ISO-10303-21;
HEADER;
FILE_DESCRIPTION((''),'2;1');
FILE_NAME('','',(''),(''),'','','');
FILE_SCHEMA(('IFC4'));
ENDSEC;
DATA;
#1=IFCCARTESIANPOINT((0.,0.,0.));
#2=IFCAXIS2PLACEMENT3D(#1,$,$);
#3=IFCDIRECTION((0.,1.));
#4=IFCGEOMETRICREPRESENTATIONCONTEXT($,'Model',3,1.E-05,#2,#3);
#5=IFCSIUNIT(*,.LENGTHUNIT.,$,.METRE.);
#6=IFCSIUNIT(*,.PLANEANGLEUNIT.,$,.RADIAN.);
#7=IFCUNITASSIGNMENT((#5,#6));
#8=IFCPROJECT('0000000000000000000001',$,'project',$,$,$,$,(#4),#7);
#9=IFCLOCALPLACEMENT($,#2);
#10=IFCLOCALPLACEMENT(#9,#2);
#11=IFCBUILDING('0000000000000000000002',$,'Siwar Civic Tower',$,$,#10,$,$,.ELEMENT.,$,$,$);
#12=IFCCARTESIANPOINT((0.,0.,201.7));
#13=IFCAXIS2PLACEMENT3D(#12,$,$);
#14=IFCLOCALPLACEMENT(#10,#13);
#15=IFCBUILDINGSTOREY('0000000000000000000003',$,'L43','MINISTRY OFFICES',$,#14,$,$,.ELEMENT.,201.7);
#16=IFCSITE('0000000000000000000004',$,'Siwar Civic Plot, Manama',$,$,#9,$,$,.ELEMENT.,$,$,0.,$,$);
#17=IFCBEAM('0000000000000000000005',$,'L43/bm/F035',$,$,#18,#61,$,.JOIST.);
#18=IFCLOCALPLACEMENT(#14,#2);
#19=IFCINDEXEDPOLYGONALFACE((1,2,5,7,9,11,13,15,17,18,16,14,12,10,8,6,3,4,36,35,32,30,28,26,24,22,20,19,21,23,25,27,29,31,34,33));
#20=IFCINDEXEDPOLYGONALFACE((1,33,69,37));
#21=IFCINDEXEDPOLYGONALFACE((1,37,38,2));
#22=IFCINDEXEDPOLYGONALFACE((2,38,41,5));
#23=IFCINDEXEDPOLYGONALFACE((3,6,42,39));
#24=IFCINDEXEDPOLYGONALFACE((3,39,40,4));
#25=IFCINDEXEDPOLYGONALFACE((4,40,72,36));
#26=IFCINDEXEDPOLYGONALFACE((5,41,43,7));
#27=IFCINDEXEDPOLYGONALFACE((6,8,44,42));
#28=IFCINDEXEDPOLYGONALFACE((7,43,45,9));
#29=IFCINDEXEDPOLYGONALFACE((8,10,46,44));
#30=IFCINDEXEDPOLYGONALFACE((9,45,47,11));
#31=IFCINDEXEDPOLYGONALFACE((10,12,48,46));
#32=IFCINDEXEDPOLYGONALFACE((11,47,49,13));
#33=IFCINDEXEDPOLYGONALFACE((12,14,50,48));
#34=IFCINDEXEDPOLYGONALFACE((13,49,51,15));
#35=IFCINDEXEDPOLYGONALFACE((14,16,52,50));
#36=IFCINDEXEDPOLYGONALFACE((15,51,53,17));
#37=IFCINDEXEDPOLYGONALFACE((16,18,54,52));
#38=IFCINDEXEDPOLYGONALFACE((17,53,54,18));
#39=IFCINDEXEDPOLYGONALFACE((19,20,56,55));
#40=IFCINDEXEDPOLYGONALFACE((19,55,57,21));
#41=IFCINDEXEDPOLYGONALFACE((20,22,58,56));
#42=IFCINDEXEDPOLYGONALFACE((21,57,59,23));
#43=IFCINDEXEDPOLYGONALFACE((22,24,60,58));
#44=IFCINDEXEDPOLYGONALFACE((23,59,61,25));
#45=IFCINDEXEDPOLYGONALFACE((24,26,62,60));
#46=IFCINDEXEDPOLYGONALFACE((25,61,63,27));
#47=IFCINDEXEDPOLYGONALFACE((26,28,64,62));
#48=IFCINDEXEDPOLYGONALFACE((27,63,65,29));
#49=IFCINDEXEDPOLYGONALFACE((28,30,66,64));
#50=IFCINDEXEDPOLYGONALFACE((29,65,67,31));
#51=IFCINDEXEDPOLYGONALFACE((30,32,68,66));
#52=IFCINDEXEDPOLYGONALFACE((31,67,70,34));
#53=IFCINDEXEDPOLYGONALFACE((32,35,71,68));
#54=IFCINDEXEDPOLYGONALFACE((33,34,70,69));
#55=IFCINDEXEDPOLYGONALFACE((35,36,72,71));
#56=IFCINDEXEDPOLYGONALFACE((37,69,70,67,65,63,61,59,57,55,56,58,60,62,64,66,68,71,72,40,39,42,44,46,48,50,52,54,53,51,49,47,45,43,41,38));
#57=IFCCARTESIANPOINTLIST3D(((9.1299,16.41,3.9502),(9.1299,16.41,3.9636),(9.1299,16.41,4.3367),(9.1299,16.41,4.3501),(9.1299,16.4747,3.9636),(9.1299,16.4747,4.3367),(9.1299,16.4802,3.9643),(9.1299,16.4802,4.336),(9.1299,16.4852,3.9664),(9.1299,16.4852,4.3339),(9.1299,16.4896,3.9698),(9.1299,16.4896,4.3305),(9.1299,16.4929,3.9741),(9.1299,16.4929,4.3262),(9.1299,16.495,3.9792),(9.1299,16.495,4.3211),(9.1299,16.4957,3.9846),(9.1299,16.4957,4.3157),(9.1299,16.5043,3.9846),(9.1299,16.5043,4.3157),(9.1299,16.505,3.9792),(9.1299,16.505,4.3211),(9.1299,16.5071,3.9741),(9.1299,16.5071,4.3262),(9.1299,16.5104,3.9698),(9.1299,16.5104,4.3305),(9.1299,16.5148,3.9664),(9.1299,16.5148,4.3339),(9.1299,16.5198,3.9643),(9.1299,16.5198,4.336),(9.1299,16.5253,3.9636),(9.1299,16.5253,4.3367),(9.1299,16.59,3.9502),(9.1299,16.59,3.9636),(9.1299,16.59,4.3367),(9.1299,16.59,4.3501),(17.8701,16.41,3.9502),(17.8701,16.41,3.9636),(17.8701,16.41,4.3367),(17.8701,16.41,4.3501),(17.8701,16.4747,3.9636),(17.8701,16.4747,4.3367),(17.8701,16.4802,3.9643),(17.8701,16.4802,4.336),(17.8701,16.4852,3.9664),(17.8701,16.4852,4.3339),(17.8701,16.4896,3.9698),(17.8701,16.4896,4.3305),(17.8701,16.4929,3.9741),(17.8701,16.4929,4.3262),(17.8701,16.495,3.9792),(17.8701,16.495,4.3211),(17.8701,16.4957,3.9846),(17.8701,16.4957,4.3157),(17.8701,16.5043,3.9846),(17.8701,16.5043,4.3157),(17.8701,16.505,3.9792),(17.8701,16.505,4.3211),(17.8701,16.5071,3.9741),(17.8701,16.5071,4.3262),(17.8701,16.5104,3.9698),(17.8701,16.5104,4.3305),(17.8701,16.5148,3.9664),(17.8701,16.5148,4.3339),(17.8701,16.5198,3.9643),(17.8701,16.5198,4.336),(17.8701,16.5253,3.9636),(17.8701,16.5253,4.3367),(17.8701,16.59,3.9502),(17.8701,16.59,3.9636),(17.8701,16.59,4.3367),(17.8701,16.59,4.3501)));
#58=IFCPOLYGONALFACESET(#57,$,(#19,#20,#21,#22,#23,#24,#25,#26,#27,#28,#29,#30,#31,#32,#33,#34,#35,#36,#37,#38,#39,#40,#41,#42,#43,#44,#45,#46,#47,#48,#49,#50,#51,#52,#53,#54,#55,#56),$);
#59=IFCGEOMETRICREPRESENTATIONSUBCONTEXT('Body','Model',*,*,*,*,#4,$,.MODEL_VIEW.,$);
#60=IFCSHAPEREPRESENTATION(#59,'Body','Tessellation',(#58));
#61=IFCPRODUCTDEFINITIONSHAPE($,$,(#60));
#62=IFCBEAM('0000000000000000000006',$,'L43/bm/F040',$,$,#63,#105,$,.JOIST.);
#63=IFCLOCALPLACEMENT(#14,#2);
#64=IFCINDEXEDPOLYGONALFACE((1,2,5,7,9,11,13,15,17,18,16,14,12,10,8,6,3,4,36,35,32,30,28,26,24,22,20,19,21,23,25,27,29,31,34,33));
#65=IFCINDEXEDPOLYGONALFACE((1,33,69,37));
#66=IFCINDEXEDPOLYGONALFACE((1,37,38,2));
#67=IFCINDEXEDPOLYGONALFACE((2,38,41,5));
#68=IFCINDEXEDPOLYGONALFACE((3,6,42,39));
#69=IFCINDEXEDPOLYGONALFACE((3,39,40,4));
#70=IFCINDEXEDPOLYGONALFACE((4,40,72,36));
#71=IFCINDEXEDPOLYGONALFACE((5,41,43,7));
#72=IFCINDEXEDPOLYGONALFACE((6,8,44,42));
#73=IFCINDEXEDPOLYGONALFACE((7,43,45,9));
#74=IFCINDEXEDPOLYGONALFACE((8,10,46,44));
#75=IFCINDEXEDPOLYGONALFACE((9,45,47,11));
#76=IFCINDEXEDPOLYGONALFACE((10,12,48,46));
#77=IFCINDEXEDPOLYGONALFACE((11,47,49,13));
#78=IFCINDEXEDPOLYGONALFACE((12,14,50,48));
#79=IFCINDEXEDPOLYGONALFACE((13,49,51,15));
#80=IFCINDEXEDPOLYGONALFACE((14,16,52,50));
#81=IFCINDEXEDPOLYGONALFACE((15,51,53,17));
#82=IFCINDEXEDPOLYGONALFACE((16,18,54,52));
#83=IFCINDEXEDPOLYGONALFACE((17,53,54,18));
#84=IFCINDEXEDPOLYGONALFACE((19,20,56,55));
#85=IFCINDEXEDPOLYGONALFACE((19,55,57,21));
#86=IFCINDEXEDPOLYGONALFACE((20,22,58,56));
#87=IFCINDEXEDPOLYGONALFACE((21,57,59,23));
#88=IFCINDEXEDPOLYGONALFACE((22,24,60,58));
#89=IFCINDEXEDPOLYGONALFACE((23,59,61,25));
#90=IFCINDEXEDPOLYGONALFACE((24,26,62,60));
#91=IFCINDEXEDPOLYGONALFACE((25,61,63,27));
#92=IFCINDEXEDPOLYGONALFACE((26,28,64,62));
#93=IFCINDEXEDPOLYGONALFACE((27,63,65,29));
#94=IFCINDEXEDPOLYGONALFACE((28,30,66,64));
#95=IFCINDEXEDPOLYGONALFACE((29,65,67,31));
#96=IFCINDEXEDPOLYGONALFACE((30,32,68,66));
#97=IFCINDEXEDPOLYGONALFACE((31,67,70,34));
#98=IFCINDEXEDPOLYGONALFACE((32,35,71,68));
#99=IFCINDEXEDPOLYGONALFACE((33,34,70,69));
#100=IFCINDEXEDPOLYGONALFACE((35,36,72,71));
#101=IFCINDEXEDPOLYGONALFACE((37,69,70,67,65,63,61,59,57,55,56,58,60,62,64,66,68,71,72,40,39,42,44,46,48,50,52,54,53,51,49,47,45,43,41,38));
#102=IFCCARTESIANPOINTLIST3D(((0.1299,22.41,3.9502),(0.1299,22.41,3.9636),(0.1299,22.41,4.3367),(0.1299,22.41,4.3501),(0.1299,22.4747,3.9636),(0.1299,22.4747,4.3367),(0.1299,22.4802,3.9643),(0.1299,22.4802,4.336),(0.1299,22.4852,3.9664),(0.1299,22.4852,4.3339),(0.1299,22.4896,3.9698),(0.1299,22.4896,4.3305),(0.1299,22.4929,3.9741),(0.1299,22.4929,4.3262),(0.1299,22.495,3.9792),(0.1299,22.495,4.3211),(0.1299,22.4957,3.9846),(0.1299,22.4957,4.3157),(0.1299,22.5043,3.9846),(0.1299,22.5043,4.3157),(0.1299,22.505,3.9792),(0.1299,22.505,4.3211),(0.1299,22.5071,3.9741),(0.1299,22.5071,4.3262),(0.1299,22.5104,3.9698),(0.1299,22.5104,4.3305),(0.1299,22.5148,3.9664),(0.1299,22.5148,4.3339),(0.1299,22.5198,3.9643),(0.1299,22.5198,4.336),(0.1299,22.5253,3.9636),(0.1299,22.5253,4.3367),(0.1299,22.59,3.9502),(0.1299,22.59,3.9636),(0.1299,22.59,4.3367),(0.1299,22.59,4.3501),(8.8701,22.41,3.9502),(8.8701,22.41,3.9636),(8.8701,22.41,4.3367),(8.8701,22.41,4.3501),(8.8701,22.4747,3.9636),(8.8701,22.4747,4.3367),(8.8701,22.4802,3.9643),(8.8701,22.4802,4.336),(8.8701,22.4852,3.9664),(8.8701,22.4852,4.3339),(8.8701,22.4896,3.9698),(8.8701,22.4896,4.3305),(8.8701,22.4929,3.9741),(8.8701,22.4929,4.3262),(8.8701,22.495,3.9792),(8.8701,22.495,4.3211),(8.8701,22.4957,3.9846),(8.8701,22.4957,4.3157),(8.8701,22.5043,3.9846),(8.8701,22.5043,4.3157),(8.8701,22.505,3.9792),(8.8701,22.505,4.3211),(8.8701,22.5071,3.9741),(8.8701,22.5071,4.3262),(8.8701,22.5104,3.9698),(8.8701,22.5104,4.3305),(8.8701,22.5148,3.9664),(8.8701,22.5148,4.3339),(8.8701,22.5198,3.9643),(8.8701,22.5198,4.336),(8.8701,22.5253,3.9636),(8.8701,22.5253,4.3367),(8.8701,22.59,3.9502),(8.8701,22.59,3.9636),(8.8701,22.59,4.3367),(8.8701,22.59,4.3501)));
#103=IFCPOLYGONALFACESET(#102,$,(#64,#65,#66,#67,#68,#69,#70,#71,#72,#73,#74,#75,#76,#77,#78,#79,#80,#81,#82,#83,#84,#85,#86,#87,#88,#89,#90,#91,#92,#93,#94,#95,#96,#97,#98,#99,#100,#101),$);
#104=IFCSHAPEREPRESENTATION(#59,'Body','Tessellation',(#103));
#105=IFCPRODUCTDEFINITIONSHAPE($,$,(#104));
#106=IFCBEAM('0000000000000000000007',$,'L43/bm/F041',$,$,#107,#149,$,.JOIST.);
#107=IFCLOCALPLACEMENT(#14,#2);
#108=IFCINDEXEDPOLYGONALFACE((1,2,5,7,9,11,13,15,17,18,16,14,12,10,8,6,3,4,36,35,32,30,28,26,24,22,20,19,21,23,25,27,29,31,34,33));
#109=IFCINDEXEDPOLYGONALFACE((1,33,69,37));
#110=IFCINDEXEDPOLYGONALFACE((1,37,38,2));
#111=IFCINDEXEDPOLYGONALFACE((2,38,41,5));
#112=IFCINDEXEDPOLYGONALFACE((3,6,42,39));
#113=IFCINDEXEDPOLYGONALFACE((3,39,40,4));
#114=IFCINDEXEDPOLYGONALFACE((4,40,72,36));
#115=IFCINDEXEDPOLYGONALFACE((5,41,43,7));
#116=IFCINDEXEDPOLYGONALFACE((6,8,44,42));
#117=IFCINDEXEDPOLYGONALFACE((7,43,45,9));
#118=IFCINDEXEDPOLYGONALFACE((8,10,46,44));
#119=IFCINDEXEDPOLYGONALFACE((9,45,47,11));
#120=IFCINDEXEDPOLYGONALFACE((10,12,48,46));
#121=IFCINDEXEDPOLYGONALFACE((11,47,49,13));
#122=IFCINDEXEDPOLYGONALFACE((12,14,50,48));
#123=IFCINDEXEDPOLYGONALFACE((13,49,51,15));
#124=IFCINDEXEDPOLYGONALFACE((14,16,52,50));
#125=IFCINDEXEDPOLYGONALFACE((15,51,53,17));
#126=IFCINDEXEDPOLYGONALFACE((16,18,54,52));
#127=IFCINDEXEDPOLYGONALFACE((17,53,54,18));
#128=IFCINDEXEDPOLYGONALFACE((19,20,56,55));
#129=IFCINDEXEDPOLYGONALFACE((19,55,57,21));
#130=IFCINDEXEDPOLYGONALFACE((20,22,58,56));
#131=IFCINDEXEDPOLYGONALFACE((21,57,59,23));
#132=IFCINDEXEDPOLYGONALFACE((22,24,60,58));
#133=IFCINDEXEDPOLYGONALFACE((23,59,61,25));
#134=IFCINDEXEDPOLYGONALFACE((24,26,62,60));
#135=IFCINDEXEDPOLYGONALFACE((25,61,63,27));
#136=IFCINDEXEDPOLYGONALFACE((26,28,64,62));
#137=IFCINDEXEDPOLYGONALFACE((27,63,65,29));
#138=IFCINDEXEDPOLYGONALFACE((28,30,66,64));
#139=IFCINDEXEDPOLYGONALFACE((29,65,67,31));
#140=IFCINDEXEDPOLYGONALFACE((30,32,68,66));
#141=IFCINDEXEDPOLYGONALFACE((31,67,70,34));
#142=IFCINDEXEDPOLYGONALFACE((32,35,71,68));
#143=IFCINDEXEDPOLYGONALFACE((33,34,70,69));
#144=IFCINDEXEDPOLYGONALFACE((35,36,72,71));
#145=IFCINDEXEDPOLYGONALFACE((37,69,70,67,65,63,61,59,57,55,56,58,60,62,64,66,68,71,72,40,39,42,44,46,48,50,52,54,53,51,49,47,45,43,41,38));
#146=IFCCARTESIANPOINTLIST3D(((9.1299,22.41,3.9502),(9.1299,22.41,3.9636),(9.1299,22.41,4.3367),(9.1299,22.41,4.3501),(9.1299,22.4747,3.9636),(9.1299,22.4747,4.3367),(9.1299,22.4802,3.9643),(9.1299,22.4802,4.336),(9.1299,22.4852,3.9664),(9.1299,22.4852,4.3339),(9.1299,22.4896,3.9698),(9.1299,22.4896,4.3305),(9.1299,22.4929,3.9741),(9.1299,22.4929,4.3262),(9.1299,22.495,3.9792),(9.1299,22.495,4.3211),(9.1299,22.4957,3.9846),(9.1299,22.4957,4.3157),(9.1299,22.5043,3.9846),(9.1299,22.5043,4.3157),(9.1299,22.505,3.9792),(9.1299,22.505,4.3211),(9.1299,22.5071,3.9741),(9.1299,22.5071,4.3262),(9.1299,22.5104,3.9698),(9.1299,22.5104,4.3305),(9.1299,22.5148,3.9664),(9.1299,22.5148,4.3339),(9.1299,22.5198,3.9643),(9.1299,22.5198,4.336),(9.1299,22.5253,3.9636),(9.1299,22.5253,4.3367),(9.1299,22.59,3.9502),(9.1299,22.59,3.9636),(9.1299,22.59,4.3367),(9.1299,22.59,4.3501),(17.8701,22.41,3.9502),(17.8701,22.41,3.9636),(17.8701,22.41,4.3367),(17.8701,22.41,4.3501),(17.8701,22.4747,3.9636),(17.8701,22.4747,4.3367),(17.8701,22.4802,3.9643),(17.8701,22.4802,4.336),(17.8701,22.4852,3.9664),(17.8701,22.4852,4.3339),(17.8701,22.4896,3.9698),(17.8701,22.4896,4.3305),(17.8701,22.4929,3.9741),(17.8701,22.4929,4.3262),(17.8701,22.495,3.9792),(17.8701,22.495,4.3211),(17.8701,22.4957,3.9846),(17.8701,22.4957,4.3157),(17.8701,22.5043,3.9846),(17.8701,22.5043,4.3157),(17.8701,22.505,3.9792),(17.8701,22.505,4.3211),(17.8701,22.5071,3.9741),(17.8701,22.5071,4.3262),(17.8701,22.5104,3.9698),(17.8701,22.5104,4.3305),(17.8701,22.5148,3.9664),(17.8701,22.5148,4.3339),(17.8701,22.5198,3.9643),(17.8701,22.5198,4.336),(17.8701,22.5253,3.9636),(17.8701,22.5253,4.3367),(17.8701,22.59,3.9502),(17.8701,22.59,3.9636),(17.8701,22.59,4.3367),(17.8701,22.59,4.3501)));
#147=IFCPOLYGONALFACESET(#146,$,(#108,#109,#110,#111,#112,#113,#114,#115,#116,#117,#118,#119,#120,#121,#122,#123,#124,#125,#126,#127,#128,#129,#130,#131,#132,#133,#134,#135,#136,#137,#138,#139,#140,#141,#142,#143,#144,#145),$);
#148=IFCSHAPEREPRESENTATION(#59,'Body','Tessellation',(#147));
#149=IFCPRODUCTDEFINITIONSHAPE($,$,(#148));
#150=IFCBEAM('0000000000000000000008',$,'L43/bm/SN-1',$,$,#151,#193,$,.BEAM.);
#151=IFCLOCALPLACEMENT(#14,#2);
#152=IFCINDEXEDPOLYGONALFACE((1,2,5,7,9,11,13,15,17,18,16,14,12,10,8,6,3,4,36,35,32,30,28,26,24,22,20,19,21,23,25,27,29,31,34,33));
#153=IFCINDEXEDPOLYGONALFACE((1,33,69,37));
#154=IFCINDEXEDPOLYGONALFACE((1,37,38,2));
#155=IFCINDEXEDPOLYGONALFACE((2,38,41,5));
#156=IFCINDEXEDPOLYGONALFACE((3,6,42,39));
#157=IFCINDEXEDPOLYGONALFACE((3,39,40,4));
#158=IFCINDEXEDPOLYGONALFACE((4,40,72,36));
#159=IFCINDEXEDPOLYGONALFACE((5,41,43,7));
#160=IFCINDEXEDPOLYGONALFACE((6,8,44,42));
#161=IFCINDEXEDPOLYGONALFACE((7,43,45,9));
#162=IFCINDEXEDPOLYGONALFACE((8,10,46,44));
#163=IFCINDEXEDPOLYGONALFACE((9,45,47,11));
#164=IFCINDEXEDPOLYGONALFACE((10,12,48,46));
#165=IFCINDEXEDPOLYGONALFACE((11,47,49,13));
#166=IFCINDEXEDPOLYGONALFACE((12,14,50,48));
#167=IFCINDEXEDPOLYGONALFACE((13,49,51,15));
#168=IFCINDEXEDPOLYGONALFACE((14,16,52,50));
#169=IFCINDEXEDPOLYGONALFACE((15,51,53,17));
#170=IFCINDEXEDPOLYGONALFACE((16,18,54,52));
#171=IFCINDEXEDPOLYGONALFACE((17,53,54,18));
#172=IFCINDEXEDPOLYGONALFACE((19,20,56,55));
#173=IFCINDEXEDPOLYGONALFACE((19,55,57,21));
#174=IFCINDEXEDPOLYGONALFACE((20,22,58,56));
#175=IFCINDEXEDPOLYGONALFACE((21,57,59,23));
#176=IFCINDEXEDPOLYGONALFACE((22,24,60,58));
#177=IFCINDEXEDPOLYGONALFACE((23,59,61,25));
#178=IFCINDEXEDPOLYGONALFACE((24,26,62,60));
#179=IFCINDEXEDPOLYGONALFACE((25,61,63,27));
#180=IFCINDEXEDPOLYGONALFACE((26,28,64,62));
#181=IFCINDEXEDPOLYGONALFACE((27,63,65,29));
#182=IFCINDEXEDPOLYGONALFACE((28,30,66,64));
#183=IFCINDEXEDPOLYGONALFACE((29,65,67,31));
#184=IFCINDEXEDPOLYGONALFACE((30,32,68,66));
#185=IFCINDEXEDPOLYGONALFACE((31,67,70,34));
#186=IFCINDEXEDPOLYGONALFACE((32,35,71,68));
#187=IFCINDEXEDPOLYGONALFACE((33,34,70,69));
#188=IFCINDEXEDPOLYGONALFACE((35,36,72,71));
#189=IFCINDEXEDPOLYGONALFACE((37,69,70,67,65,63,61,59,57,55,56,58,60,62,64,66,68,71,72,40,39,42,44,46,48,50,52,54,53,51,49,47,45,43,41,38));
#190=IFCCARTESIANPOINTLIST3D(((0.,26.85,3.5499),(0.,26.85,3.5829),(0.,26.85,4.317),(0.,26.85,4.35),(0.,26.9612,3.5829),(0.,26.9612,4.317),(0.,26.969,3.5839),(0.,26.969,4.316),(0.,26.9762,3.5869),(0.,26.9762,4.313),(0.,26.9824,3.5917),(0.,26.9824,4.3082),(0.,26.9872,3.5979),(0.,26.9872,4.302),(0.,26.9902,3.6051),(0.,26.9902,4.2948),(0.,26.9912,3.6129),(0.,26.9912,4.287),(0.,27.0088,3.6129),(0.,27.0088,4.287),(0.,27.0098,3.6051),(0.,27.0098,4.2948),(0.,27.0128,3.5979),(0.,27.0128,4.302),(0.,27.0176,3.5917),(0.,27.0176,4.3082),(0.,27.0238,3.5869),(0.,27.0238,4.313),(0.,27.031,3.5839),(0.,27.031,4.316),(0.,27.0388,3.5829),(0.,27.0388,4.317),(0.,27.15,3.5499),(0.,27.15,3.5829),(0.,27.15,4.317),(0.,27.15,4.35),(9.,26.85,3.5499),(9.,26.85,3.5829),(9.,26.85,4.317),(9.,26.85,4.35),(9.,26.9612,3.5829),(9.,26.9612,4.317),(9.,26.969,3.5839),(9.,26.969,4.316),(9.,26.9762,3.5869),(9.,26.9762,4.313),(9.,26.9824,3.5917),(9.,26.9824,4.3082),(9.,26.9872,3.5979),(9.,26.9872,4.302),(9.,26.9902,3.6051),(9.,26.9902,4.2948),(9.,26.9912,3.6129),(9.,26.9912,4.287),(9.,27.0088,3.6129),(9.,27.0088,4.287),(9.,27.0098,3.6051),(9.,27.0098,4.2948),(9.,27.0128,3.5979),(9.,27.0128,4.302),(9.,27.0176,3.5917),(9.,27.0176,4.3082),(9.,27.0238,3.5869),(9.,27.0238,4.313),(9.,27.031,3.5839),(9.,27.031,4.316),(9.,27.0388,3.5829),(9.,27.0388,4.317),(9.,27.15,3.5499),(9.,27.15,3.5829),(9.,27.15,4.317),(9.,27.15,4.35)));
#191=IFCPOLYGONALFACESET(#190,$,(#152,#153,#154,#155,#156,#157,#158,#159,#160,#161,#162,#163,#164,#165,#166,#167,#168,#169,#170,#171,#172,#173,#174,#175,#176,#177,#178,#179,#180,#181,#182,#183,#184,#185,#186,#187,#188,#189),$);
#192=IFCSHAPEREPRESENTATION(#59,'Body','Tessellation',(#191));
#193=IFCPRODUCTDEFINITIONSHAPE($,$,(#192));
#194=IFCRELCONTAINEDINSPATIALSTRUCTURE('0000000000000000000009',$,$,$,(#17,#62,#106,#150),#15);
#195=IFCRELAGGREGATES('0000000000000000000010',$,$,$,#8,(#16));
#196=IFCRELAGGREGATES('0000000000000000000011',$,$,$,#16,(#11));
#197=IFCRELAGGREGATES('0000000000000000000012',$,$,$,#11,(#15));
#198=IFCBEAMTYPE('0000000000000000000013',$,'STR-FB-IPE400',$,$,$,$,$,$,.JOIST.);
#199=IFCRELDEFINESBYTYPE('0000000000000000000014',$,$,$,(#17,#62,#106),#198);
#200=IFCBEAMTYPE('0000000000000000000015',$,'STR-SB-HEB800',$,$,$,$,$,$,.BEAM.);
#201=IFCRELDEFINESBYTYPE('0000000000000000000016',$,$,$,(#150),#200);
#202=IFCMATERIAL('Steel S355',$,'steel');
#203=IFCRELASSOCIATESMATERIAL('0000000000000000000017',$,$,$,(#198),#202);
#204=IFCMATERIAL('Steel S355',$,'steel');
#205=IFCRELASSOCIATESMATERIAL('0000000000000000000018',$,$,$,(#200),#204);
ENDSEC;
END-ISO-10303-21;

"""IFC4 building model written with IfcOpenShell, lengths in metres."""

from ifc_helpers import new_model, si_unit, direction, frame, origin, origin_2d, place, context, subcontext, project, spatial, i_section, extrude, material, material_profile, profile_set, type_object, element, save


model = new_model("IFC4")

# Units and contexts
model_context = context("Model", 3, precision=1e-05, world=origin(), true_north=direction((0.0, 1.0)))
body_context = subcontext(model_context, "Body", "Model", "MODEL_VIEW")
ifc_project = project(units=[si_unit("LENGTHUNIT", "METRE"), si_unit("PLANEANGLEUNIT", "RADIAN")], contexts=[model_context])

# Site, building, storey
site_placement = place(None, origin())
site = spatial("IfcSite", under=ifc_project, at=site_placement, Name="Siwar Civic Plot, Manama", CompositionType="ELEMENT", RefElevation=0.0)
building_placement = place(site_placement, origin())
building = spatial("IfcBuilding", under=site, at=building_placement, Name="Siwar Civic Tower", CompositionType="ELEMENT")
storey_placement = place(building_placement, frame((0.0, 0.0, 201.7)))
storey = spatial("IfcBuildingStorey", under=building, at=storey_placement, Name="L43", Description="MINISTRY OFFICES", CompositionType="ELEMENT", Elevation=201.7)

# Beams
ifc_material_1 = material(Name="Steel S355", Category="steel")
ifc_material_profile_1 = material_profile(ifc_material_1, i_section(OverallWidth=0.1799, OverallDepth=0.3999, WebThickness=0.0085, FlangeThickness=0.0134, FilletRadius=0.021, at=origin_2d()), Name="IPE400")
ifc_profile_set_1 = profile_set([ifc_material_profile_1], Name="Steel S355")
beam_type_1 = type_object("IfcBeamType", Name="STR-FB-IPE400", PredefinedType="JOIST", material=ifc_profile_set_1)
for number, where, z_axis, x_axis, name in (
    (1, (9.1299, 16.5, 4.1501), (1.0, 0.0, 0.0), (0.0, 1.0, 0.0), "L43/bm/F035"),
    (2, (0.1299, 22.5, 4.1501), (1.0, 0.0, 0.0), (0.0, 1.0, 0.0), "L43/bm/F040"),
    (3, (9.1299, 22.5, 4.1501), (1.0, 0.0, 0.0), (0.0, 1.0, 0.0), "L43/bm/F041"),
):
    element("IfcBeam", number, at=place(storey_placement, frame(where, z_axis=z_axis, x_axis=x_axis)), inside=storey, type_object=beam_type_1, Name=name, PredefinedType="JOIST", context=body_context, shape_type="SweptSolid", body=[
        extrude(i_section(OverallWidth=0.1799, OverallDepth=0.3999, WebThickness=0.0085, FlangeThickness=0.0134, FilletRadius=0.021, at=origin_2d()), origin(), (0.0, 0.0, 1.0), 8.7402),
    ])
ifc_material_2 = material(Name="Steel S355", Category="steel")
ifc_material_profile_2 = material_profile(ifc_material_2, i_section(OverallWidth=0.3, OverallDepth=0.8, WebThickness=0.0176, FlangeThickness=0.033, FilletRadius=0.03, at=origin_2d()), Name="HEB800")
ifc_profile_set_2 = profile_set([ifc_material_profile_2], Name="Steel S355")
beam_type_2 = type_object("IfcBeamType", Name="STR-SB-HEB800", PredefinedType="BEAM", material=ifc_profile_set_2)
beam_placement = place(storey_placement, frame((9.0, 27.0, 3.95), z_axis=(-1.0, 0.0, 0.0), x_axis=(0.0, -1.0, 0.0)))
element("IfcBeam", 4, at=beam_placement, inside=storey, type_object=beam_type_2, Name="L43/bm/SN-1", PredefinedType="BEAM", context=body_context, shape_type="SweptSolid", body=[
    extrude(i_section(OverallWidth=0.3, OverallDepth=0.8, WebThickness=0.0176, FlangeThickness=0.033, FilletRadius=0.03, at=origin_2d()), origin(), (0.0, 0.0, 1.0), 9.0),
])

save(model, "model.ifc")
